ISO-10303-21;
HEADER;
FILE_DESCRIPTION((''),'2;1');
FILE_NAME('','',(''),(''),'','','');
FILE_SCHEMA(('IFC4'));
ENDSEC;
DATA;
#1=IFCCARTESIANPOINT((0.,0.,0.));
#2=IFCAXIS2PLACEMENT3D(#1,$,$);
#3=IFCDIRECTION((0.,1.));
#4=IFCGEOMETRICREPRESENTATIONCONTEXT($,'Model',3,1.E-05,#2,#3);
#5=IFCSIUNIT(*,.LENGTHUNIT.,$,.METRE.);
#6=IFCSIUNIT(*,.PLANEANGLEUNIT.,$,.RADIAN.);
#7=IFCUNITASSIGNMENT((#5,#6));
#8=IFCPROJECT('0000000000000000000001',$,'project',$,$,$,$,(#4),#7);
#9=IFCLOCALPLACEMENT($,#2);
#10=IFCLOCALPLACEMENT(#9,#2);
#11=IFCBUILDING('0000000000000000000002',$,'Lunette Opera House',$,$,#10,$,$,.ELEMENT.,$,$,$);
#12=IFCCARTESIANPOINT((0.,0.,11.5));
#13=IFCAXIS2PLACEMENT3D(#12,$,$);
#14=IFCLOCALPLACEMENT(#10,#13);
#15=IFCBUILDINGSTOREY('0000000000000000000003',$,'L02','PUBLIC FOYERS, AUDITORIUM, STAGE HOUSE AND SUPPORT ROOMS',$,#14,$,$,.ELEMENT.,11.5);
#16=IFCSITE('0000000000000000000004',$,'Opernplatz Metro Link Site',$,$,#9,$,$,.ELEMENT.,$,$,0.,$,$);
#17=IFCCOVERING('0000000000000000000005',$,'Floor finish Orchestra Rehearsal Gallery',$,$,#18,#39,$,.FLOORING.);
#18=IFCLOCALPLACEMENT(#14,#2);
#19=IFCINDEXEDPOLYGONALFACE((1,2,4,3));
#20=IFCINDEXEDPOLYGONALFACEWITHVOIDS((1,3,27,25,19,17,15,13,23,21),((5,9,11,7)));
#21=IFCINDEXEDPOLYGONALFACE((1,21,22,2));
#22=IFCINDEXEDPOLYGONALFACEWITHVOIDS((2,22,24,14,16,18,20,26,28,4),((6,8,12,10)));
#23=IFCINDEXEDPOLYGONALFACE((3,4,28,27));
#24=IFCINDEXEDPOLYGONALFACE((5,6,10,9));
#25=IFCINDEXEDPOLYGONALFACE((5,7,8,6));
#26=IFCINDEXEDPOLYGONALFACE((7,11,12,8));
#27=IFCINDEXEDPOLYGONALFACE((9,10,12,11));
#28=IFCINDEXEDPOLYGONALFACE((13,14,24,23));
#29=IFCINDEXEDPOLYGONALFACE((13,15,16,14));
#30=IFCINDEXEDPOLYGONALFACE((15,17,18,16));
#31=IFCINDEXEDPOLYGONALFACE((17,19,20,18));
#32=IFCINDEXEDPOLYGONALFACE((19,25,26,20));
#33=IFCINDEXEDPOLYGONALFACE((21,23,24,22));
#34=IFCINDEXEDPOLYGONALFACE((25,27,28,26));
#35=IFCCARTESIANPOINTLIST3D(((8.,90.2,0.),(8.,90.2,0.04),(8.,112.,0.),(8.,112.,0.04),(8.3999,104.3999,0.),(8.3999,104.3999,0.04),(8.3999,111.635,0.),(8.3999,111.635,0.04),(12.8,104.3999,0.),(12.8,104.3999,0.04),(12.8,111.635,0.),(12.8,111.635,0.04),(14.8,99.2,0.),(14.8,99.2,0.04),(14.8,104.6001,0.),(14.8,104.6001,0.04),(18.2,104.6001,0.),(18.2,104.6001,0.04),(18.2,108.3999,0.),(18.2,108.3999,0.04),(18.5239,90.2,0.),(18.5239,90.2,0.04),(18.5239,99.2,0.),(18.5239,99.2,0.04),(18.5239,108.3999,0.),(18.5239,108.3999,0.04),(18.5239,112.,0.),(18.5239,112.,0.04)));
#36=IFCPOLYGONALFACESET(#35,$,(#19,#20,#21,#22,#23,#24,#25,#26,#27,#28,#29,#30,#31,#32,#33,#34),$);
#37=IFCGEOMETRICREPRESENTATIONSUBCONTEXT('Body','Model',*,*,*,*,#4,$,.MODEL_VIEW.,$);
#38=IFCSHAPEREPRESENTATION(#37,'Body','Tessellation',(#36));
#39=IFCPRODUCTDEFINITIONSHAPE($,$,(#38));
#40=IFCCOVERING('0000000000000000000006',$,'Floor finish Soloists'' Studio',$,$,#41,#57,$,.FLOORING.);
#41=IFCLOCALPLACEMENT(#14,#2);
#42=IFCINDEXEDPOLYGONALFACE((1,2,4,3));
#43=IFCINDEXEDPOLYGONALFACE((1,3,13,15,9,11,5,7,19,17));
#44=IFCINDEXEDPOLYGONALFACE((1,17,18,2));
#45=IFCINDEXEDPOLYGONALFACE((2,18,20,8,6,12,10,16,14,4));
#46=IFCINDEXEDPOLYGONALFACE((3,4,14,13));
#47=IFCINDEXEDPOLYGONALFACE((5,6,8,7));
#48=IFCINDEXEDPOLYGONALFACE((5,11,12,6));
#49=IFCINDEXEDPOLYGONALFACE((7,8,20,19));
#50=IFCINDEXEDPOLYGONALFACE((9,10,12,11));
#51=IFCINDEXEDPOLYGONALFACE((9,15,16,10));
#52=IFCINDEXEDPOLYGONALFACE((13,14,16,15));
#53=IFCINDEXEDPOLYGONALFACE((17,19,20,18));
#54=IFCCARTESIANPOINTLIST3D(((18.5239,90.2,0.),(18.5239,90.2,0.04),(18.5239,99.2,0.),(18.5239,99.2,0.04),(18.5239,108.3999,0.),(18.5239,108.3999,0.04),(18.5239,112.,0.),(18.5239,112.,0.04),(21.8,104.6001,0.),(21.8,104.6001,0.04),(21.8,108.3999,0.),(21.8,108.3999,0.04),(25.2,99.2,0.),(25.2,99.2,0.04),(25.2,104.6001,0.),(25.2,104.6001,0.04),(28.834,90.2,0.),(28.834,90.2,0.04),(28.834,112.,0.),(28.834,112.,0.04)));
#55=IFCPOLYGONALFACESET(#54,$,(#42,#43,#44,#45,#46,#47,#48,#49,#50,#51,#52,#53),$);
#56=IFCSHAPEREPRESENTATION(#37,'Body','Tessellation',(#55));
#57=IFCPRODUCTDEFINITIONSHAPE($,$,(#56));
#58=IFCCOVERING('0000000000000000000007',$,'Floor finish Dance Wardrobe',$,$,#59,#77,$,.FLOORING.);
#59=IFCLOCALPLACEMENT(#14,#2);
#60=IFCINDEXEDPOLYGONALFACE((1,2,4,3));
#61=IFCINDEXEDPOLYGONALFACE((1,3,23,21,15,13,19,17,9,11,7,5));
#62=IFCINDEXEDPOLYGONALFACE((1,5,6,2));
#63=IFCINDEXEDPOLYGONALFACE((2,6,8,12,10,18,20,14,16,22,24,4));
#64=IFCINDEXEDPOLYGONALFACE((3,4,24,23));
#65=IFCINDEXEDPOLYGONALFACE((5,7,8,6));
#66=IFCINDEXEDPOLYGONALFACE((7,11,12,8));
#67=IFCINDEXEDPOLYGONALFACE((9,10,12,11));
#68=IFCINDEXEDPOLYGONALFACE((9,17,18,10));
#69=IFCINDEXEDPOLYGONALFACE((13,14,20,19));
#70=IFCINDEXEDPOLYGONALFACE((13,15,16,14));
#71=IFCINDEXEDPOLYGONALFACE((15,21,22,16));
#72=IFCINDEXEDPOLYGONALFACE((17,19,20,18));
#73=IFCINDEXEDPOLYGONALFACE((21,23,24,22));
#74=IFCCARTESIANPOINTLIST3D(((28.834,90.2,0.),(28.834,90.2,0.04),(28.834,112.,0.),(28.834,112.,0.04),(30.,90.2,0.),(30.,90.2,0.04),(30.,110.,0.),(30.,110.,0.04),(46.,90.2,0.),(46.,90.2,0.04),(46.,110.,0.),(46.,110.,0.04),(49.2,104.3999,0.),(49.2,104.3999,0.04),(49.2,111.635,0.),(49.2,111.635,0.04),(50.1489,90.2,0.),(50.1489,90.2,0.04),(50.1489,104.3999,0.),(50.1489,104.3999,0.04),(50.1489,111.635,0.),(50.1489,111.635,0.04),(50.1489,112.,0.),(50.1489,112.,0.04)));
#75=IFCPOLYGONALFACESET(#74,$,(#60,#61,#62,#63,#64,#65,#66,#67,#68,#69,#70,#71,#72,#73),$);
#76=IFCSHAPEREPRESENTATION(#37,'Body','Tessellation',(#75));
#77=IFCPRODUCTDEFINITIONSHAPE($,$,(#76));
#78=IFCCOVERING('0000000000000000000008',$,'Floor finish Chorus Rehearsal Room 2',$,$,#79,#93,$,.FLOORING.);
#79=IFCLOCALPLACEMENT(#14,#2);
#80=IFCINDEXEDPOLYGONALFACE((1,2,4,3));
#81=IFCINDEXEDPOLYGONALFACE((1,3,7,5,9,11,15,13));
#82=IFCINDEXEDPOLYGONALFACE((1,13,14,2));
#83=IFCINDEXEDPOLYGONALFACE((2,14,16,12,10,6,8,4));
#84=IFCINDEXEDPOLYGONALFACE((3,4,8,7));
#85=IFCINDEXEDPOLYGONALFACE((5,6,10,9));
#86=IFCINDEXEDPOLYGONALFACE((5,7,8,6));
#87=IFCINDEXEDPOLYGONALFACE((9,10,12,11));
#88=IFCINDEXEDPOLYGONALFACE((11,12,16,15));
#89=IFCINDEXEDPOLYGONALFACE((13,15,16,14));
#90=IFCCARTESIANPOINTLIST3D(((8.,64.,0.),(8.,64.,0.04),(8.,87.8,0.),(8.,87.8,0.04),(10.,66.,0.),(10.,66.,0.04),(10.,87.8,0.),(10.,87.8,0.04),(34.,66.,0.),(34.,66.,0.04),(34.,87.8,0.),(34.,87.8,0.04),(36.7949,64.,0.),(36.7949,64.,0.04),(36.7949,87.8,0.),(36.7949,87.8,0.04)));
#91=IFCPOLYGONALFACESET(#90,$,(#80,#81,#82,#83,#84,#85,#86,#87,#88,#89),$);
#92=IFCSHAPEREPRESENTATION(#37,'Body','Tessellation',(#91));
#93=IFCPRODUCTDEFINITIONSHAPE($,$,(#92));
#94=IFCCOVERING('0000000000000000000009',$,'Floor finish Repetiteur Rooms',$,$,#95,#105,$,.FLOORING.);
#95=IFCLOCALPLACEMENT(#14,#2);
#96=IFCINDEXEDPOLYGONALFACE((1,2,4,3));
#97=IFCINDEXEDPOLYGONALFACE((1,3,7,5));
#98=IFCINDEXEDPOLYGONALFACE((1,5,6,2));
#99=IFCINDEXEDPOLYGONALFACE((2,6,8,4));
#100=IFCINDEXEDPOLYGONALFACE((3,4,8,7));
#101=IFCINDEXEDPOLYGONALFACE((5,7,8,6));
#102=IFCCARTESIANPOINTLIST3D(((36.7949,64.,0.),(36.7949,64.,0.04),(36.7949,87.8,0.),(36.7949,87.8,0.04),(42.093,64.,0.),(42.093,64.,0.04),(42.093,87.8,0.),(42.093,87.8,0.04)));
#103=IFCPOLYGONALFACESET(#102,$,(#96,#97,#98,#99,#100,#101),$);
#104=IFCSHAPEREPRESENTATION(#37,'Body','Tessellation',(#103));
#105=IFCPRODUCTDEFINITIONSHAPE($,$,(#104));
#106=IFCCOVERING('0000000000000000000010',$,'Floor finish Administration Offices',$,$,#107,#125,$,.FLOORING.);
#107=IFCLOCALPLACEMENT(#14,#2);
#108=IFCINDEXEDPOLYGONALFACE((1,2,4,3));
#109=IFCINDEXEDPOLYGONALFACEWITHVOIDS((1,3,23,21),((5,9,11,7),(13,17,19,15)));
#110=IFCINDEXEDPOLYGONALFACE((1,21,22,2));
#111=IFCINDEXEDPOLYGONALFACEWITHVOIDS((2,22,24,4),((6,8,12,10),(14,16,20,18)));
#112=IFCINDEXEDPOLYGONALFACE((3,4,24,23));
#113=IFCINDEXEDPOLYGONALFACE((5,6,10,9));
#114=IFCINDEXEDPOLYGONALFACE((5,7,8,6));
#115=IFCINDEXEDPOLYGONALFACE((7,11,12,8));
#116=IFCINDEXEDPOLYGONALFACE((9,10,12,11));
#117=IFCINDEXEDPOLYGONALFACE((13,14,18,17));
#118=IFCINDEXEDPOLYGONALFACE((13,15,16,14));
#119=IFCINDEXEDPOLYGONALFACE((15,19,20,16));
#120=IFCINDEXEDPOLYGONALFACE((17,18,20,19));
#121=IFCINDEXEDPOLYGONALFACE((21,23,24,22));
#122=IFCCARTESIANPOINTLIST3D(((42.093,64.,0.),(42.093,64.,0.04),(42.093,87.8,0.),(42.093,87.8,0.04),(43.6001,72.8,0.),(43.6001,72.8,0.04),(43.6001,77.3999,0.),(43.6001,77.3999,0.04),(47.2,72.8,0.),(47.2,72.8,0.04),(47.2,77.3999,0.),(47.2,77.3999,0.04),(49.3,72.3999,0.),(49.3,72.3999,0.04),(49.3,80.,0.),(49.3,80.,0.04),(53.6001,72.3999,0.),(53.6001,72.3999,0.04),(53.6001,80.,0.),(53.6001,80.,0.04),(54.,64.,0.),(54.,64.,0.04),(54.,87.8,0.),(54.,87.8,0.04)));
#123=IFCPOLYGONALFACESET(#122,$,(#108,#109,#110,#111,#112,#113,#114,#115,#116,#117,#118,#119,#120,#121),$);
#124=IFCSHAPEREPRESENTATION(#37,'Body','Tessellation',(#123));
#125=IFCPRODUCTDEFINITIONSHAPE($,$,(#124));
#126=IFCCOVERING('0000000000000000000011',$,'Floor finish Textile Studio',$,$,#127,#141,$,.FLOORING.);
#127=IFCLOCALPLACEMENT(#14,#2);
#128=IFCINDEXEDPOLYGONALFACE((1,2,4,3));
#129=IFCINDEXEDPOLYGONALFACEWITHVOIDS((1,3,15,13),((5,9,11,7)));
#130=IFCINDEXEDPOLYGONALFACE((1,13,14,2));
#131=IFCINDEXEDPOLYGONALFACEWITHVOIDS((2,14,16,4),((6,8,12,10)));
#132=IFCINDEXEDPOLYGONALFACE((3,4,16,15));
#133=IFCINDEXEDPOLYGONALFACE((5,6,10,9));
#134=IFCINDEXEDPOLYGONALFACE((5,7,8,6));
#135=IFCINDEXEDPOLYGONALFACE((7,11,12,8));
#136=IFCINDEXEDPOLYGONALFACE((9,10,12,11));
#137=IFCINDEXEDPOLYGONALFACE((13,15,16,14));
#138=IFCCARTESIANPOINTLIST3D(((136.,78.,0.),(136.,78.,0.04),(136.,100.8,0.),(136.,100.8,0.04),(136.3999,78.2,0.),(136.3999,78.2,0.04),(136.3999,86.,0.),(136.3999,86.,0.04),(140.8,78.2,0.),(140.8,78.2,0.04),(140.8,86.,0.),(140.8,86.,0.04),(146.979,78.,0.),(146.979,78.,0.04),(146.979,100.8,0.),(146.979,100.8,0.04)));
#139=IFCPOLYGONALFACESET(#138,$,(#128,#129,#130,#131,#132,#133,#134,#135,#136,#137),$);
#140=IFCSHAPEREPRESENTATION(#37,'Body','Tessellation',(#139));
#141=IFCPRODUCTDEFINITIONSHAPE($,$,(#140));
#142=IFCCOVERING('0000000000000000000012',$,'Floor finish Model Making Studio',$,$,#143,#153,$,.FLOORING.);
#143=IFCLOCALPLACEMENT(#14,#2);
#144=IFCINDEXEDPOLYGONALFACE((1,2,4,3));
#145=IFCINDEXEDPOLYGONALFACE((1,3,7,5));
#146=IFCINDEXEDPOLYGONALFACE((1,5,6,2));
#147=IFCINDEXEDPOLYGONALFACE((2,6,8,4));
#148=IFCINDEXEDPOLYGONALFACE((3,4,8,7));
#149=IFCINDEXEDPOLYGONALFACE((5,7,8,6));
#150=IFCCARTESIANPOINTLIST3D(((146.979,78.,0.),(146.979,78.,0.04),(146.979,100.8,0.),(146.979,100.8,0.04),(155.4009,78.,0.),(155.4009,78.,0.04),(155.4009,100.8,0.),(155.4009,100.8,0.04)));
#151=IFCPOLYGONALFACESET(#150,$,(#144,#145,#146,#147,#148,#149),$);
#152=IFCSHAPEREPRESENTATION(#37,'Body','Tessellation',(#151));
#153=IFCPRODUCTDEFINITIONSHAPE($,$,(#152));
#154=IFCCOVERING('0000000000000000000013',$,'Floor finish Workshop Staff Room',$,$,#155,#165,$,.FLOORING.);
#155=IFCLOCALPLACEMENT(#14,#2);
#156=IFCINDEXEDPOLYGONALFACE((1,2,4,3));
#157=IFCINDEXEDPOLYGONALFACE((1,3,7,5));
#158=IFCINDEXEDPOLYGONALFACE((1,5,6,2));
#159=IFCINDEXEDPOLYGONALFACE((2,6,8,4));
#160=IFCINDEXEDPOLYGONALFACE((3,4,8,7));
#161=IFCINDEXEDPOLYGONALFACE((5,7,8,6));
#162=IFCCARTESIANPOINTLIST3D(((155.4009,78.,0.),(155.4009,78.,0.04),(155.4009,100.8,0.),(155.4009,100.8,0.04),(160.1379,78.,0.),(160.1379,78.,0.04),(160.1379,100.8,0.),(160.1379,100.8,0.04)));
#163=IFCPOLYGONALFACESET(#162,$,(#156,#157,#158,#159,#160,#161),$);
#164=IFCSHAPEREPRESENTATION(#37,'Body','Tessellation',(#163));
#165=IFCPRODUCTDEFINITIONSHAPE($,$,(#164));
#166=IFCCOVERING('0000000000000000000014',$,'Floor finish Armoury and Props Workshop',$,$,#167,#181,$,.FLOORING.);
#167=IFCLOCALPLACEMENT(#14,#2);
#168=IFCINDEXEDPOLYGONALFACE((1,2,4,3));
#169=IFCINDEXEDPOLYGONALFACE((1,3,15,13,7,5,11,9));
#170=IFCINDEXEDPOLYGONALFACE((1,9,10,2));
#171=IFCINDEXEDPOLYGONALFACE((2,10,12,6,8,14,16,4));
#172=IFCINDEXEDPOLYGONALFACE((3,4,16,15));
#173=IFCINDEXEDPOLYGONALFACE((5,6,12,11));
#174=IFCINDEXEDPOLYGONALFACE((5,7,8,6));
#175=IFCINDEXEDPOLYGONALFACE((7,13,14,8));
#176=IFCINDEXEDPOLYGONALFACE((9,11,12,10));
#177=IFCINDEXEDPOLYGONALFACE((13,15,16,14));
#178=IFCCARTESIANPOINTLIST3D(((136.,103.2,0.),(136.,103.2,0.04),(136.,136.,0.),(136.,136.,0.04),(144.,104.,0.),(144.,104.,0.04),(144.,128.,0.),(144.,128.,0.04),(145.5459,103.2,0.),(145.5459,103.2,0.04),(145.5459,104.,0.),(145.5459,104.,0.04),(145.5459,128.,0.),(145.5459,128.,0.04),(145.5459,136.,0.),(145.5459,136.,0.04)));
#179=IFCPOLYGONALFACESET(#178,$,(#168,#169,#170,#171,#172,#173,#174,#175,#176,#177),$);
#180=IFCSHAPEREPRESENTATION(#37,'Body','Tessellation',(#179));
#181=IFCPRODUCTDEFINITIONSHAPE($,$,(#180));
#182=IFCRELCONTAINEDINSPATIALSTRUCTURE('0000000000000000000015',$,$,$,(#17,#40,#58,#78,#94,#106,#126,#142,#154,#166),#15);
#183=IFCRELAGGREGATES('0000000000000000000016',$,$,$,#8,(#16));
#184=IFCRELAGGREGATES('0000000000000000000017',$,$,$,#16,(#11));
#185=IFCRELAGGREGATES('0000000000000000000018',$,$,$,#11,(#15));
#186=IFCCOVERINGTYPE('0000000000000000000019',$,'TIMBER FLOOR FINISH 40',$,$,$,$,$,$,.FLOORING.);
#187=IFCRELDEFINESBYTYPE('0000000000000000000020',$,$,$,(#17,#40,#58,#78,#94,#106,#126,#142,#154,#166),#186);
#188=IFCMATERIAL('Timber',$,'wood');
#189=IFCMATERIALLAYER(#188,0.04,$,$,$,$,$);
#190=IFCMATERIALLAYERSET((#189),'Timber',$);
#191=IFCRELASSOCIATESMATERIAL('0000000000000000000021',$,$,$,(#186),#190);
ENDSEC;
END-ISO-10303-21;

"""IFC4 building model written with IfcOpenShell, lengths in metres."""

from ifc_helpers import new_model, si_unit, direction, frame, origin, place, context, subcontext, project, spatial, polyline, outline, extrude, material, layer, layer_set, type_object, element, save


model = new_model("IFC4")

# Units and contexts
model_context = context("Model", 3, precision=1e-05, world=origin(), true_north=direction((0.0, 1.0)))
body_context = subcontext(model_context, "Body", "Model", "MODEL_VIEW")
ifc_project = project(units=[si_unit("LENGTHUNIT", "METRE"), si_unit("PLANEANGLEUNIT", "RADIAN")], contexts=[model_context])

# Site, building, storey
site_placement = place(None, origin())
site = spatial("IfcSite", under=ifc_project, at=site_placement, Name="Opernplatz Metro Link Site", CompositionType="ELEMENT", RefElevation=0.0)
building_placement = place(site_placement, origin())
building = spatial("IfcBuilding", under=site, at=building_placement, Name="Lunette Opera House", CompositionType="ELEMENT")
storey_placement = place(building_placement, frame((0.0, 0.0, 11.5)))
storey = spatial("IfcBuildingStorey", under=building, at=storey_placement, Name="L02", Description="PUBLIC FOYERS, AUDITORIUM, STAGE HOUSE AND SUPPORT ROOMS", CompositionType="ELEMENT", Elevation=11.5)

# Coverings
ifc_material_1 = material(Name="Timber", Category="wood")
ifc_layer_1 = layer(ifc_material_1, 0.04)
ifc_layer_set_1 = layer_set([ifc_layer_1], Name="Timber")
covering_type_1 = type_object("IfcCoveringType", Name="TIMBER FLOOR FINISH 40", PredefinedType="FLOORING", material=ifc_layer_set_1)
covering_1_placement = place(storey_placement, origin())
element("IfcCovering", 1, at=covering_1_placement, inside=storey, type_object=covering_type_1, Name="Floor finish Orchestra Rehearsal Gallery", PredefinedType="FLOORING", context=body_context, shape_type="SweptSolid", body=[
    extrude(outline(polyline([(8.0, 90.2), (8.0, 112.0), (18.5239, 112.0), (18.5239, 108.3999), (18.2, 108.3999), (18.2, 104.6001), (14.8, 104.6001), (14.8, 99.2), (18.5239, 99.2), (18.5239, 90.2), (8.0, 90.2)]), holes=[polyline([(8.3999, 111.635), (8.3999, 104.3999), (12.8, 104.3999), (12.8, 111.635), (8.3999, 111.635)])]), origin(), (0.0, 0.0, 1.0), 0.04),
])
covering_2_placement = place(storey_placement, origin())
element("IfcCovering", 2, at=covering_2_placement, inside=storey, type_object=covering_type_1, Name="Floor finish Soloists' Studio", PredefinedType="FLOORING", context=body_context, shape_type="SweptSolid", body=[
    extrude(outline(polyline([(18.5239, 90.2), (18.5239, 99.2), (25.2, 99.2), (25.2, 104.6001), (21.8, 104.6001), (21.8, 108.3999), (18.5239, 108.3999), (18.5239, 112.0), (28.834, 112.0), (28.834, 90.2), (18.5239, 90.2)])), origin(), (0.0, 0.0, 1.0), 0.04),
])
covering_3_placement = place(storey_placement, origin())
element("IfcCovering", 3, at=covering_3_placement, inside=storey, type_object=covering_type_1, Name="Floor finish Dance Wardrobe", PredefinedType="FLOORING", context=body_context, shape_type="SweptSolid", body=[
    extrude(outline(polyline([(30.0, 90.2), (28.834, 90.2), (28.834, 112.0), (50.1489, 112.0), (50.1489, 111.635), (49.2, 111.635), (49.2, 104.3999), (50.1489, 104.3999), (50.1489, 90.2), (46.0, 90.2), (46.0, 110.0), (30.0, 110.0), (30.0, 90.2)])), origin(), (0.0, 0.0, 1.0), 0.04),
])
covering_4_placement = place(storey_placement, origin())
element("IfcCovering", 4, at=covering_4_placement, inside=storey, type_object=covering_type_1, Name="Floor finish Chorus Rehearsal Room 2", PredefinedType="FLOORING", context=body_context, shape_type="SweptSolid", body=[
    extrude(outline(polyline([(8.0, 87.8), (10.0, 87.8), (10.0, 66.0), (34.0, 66.0), (34.0, 87.8), (36.7949, 87.8), (36.7949, 64.0), (8.0, 64.0), (8.0, 87.8)])), origin(), (0.0, 0.0, 1.0), 0.04),
])
covering_5_placement = place(storey_placement, origin())
element("IfcCovering", 5, at=covering_5_placement, inside=storey, type_object=covering_type_1, Name="Floor finish Repetiteur Rooms", PredefinedType="FLOORING", context=body_context, shape_type="SweptSolid", body=[
    extrude(outline(polyline([(36.7949, 64.0), (36.7949, 87.8), (42.093, 87.8), (42.093, 64.0), (36.7949, 64.0)])), origin(), (0.0, 0.0, 1.0), 0.04),
])
covering_6_placement = place(storey_placement, origin())
element("IfcCovering", 6, at=covering_6_placement, inside=storey, type_object=covering_type_1, Name="Floor finish Administration Offices", PredefinedType="FLOORING", context=body_context, shape_type="SweptSolid", body=[
    extrude(outline(polyline([(54.0, 64.0), (42.093, 64.0), (42.093, 87.8), (54.0, 87.8), (54.0, 64.0)]), holes=[polyline([(53.6001, 72.3999), (53.6001, 80.0), (49.3, 80.0), (49.3, 72.3999), (53.6001, 72.3999)]), polyline([(47.2, 72.8), (47.2, 77.3999), (43.6001, 77.3999), (43.6001, 72.8), (47.2, 72.8)])]), origin(), (0.0, 0.0, 1.0), 0.04),
])
covering_7_placement = place(storey_placement, origin())
element("IfcCovering", 7, at=covering_7_placement, inside=storey, type_object=covering_type_1, Name="Floor finish Textile Studio", PredefinedType="FLOORING", context=body_context, shape_type="SweptSolid", body=[
    extrude(outline(polyline([(136.0, 100.8), (146.979, 100.8), (146.979, 78.0), (136.0, 78.0), (136.0, 100.8)]), holes=[polyline([(136.3999, 78.2), (140.8, 78.2), (140.8, 86.0), (136.3999, 86.0), (136.3999, 78.2)])]), origin(), (0.0, 0.0, 1.0), 0.04),
])
covering_8_placement = place(storey_placement, origin())
element("IfcCovering", 8, at=covering_8_placement, inside=storey, type_object=covering_type_1, Name="Floor finish Model Making Studio", PredefinedType="FLOORING", context=body_context, shape_type="SweptSolid", body=[
    extrude(outline(polyline([(146.979, 78.0), (146.979, 100.8), (155.4009, 100.8), (155.4009, 78.0), (146.979, 78.0)])), origin(), (0.0, 0.0, 1.0), 0.04),
])
covering_9_placement = place(storey_placement, origin())
element("IfcCovering", 9, at=covering_9_placement, inside=storey, type_object=covering_type_1, Name="Floor finish Workshop Staff Room", PredefinedType="FLOORING", context=body_context, shape_type="SweptSolid", body=[
    extrude(outline(polyline([(155.4009, 78.0), (155.4009, 100.8), (160.1379, 100.8), (160.1379, 78.0), (155.4009, 78.0)])), origin(), (0.0, 0.0, 1.0), 0.04),
])
covering_10_placement = place(storey_placement, origin())
element("IfcCovering", 10, at=covering_10_placement, inside=storey, type_object=covering_type_1, Name="Floor finish Armoury and Props Workshop", PredefinedType="FLOORING", context=body_context, shape_type="SweptSolid", body=[
    extrude(outline(polyline([(136.0, 103.2), (136.0, 136.0), (145.5459, 136.0), (145.5459, 128.0), (144.0, 128.0), (144.0, 104.0), (145.5459, 104.0), (145.5459, 103.2), (136.0, 103.2)])), origin(), (0.0, 0.0, 1.0), 0.04),
])

save(model, "model.ifc")
